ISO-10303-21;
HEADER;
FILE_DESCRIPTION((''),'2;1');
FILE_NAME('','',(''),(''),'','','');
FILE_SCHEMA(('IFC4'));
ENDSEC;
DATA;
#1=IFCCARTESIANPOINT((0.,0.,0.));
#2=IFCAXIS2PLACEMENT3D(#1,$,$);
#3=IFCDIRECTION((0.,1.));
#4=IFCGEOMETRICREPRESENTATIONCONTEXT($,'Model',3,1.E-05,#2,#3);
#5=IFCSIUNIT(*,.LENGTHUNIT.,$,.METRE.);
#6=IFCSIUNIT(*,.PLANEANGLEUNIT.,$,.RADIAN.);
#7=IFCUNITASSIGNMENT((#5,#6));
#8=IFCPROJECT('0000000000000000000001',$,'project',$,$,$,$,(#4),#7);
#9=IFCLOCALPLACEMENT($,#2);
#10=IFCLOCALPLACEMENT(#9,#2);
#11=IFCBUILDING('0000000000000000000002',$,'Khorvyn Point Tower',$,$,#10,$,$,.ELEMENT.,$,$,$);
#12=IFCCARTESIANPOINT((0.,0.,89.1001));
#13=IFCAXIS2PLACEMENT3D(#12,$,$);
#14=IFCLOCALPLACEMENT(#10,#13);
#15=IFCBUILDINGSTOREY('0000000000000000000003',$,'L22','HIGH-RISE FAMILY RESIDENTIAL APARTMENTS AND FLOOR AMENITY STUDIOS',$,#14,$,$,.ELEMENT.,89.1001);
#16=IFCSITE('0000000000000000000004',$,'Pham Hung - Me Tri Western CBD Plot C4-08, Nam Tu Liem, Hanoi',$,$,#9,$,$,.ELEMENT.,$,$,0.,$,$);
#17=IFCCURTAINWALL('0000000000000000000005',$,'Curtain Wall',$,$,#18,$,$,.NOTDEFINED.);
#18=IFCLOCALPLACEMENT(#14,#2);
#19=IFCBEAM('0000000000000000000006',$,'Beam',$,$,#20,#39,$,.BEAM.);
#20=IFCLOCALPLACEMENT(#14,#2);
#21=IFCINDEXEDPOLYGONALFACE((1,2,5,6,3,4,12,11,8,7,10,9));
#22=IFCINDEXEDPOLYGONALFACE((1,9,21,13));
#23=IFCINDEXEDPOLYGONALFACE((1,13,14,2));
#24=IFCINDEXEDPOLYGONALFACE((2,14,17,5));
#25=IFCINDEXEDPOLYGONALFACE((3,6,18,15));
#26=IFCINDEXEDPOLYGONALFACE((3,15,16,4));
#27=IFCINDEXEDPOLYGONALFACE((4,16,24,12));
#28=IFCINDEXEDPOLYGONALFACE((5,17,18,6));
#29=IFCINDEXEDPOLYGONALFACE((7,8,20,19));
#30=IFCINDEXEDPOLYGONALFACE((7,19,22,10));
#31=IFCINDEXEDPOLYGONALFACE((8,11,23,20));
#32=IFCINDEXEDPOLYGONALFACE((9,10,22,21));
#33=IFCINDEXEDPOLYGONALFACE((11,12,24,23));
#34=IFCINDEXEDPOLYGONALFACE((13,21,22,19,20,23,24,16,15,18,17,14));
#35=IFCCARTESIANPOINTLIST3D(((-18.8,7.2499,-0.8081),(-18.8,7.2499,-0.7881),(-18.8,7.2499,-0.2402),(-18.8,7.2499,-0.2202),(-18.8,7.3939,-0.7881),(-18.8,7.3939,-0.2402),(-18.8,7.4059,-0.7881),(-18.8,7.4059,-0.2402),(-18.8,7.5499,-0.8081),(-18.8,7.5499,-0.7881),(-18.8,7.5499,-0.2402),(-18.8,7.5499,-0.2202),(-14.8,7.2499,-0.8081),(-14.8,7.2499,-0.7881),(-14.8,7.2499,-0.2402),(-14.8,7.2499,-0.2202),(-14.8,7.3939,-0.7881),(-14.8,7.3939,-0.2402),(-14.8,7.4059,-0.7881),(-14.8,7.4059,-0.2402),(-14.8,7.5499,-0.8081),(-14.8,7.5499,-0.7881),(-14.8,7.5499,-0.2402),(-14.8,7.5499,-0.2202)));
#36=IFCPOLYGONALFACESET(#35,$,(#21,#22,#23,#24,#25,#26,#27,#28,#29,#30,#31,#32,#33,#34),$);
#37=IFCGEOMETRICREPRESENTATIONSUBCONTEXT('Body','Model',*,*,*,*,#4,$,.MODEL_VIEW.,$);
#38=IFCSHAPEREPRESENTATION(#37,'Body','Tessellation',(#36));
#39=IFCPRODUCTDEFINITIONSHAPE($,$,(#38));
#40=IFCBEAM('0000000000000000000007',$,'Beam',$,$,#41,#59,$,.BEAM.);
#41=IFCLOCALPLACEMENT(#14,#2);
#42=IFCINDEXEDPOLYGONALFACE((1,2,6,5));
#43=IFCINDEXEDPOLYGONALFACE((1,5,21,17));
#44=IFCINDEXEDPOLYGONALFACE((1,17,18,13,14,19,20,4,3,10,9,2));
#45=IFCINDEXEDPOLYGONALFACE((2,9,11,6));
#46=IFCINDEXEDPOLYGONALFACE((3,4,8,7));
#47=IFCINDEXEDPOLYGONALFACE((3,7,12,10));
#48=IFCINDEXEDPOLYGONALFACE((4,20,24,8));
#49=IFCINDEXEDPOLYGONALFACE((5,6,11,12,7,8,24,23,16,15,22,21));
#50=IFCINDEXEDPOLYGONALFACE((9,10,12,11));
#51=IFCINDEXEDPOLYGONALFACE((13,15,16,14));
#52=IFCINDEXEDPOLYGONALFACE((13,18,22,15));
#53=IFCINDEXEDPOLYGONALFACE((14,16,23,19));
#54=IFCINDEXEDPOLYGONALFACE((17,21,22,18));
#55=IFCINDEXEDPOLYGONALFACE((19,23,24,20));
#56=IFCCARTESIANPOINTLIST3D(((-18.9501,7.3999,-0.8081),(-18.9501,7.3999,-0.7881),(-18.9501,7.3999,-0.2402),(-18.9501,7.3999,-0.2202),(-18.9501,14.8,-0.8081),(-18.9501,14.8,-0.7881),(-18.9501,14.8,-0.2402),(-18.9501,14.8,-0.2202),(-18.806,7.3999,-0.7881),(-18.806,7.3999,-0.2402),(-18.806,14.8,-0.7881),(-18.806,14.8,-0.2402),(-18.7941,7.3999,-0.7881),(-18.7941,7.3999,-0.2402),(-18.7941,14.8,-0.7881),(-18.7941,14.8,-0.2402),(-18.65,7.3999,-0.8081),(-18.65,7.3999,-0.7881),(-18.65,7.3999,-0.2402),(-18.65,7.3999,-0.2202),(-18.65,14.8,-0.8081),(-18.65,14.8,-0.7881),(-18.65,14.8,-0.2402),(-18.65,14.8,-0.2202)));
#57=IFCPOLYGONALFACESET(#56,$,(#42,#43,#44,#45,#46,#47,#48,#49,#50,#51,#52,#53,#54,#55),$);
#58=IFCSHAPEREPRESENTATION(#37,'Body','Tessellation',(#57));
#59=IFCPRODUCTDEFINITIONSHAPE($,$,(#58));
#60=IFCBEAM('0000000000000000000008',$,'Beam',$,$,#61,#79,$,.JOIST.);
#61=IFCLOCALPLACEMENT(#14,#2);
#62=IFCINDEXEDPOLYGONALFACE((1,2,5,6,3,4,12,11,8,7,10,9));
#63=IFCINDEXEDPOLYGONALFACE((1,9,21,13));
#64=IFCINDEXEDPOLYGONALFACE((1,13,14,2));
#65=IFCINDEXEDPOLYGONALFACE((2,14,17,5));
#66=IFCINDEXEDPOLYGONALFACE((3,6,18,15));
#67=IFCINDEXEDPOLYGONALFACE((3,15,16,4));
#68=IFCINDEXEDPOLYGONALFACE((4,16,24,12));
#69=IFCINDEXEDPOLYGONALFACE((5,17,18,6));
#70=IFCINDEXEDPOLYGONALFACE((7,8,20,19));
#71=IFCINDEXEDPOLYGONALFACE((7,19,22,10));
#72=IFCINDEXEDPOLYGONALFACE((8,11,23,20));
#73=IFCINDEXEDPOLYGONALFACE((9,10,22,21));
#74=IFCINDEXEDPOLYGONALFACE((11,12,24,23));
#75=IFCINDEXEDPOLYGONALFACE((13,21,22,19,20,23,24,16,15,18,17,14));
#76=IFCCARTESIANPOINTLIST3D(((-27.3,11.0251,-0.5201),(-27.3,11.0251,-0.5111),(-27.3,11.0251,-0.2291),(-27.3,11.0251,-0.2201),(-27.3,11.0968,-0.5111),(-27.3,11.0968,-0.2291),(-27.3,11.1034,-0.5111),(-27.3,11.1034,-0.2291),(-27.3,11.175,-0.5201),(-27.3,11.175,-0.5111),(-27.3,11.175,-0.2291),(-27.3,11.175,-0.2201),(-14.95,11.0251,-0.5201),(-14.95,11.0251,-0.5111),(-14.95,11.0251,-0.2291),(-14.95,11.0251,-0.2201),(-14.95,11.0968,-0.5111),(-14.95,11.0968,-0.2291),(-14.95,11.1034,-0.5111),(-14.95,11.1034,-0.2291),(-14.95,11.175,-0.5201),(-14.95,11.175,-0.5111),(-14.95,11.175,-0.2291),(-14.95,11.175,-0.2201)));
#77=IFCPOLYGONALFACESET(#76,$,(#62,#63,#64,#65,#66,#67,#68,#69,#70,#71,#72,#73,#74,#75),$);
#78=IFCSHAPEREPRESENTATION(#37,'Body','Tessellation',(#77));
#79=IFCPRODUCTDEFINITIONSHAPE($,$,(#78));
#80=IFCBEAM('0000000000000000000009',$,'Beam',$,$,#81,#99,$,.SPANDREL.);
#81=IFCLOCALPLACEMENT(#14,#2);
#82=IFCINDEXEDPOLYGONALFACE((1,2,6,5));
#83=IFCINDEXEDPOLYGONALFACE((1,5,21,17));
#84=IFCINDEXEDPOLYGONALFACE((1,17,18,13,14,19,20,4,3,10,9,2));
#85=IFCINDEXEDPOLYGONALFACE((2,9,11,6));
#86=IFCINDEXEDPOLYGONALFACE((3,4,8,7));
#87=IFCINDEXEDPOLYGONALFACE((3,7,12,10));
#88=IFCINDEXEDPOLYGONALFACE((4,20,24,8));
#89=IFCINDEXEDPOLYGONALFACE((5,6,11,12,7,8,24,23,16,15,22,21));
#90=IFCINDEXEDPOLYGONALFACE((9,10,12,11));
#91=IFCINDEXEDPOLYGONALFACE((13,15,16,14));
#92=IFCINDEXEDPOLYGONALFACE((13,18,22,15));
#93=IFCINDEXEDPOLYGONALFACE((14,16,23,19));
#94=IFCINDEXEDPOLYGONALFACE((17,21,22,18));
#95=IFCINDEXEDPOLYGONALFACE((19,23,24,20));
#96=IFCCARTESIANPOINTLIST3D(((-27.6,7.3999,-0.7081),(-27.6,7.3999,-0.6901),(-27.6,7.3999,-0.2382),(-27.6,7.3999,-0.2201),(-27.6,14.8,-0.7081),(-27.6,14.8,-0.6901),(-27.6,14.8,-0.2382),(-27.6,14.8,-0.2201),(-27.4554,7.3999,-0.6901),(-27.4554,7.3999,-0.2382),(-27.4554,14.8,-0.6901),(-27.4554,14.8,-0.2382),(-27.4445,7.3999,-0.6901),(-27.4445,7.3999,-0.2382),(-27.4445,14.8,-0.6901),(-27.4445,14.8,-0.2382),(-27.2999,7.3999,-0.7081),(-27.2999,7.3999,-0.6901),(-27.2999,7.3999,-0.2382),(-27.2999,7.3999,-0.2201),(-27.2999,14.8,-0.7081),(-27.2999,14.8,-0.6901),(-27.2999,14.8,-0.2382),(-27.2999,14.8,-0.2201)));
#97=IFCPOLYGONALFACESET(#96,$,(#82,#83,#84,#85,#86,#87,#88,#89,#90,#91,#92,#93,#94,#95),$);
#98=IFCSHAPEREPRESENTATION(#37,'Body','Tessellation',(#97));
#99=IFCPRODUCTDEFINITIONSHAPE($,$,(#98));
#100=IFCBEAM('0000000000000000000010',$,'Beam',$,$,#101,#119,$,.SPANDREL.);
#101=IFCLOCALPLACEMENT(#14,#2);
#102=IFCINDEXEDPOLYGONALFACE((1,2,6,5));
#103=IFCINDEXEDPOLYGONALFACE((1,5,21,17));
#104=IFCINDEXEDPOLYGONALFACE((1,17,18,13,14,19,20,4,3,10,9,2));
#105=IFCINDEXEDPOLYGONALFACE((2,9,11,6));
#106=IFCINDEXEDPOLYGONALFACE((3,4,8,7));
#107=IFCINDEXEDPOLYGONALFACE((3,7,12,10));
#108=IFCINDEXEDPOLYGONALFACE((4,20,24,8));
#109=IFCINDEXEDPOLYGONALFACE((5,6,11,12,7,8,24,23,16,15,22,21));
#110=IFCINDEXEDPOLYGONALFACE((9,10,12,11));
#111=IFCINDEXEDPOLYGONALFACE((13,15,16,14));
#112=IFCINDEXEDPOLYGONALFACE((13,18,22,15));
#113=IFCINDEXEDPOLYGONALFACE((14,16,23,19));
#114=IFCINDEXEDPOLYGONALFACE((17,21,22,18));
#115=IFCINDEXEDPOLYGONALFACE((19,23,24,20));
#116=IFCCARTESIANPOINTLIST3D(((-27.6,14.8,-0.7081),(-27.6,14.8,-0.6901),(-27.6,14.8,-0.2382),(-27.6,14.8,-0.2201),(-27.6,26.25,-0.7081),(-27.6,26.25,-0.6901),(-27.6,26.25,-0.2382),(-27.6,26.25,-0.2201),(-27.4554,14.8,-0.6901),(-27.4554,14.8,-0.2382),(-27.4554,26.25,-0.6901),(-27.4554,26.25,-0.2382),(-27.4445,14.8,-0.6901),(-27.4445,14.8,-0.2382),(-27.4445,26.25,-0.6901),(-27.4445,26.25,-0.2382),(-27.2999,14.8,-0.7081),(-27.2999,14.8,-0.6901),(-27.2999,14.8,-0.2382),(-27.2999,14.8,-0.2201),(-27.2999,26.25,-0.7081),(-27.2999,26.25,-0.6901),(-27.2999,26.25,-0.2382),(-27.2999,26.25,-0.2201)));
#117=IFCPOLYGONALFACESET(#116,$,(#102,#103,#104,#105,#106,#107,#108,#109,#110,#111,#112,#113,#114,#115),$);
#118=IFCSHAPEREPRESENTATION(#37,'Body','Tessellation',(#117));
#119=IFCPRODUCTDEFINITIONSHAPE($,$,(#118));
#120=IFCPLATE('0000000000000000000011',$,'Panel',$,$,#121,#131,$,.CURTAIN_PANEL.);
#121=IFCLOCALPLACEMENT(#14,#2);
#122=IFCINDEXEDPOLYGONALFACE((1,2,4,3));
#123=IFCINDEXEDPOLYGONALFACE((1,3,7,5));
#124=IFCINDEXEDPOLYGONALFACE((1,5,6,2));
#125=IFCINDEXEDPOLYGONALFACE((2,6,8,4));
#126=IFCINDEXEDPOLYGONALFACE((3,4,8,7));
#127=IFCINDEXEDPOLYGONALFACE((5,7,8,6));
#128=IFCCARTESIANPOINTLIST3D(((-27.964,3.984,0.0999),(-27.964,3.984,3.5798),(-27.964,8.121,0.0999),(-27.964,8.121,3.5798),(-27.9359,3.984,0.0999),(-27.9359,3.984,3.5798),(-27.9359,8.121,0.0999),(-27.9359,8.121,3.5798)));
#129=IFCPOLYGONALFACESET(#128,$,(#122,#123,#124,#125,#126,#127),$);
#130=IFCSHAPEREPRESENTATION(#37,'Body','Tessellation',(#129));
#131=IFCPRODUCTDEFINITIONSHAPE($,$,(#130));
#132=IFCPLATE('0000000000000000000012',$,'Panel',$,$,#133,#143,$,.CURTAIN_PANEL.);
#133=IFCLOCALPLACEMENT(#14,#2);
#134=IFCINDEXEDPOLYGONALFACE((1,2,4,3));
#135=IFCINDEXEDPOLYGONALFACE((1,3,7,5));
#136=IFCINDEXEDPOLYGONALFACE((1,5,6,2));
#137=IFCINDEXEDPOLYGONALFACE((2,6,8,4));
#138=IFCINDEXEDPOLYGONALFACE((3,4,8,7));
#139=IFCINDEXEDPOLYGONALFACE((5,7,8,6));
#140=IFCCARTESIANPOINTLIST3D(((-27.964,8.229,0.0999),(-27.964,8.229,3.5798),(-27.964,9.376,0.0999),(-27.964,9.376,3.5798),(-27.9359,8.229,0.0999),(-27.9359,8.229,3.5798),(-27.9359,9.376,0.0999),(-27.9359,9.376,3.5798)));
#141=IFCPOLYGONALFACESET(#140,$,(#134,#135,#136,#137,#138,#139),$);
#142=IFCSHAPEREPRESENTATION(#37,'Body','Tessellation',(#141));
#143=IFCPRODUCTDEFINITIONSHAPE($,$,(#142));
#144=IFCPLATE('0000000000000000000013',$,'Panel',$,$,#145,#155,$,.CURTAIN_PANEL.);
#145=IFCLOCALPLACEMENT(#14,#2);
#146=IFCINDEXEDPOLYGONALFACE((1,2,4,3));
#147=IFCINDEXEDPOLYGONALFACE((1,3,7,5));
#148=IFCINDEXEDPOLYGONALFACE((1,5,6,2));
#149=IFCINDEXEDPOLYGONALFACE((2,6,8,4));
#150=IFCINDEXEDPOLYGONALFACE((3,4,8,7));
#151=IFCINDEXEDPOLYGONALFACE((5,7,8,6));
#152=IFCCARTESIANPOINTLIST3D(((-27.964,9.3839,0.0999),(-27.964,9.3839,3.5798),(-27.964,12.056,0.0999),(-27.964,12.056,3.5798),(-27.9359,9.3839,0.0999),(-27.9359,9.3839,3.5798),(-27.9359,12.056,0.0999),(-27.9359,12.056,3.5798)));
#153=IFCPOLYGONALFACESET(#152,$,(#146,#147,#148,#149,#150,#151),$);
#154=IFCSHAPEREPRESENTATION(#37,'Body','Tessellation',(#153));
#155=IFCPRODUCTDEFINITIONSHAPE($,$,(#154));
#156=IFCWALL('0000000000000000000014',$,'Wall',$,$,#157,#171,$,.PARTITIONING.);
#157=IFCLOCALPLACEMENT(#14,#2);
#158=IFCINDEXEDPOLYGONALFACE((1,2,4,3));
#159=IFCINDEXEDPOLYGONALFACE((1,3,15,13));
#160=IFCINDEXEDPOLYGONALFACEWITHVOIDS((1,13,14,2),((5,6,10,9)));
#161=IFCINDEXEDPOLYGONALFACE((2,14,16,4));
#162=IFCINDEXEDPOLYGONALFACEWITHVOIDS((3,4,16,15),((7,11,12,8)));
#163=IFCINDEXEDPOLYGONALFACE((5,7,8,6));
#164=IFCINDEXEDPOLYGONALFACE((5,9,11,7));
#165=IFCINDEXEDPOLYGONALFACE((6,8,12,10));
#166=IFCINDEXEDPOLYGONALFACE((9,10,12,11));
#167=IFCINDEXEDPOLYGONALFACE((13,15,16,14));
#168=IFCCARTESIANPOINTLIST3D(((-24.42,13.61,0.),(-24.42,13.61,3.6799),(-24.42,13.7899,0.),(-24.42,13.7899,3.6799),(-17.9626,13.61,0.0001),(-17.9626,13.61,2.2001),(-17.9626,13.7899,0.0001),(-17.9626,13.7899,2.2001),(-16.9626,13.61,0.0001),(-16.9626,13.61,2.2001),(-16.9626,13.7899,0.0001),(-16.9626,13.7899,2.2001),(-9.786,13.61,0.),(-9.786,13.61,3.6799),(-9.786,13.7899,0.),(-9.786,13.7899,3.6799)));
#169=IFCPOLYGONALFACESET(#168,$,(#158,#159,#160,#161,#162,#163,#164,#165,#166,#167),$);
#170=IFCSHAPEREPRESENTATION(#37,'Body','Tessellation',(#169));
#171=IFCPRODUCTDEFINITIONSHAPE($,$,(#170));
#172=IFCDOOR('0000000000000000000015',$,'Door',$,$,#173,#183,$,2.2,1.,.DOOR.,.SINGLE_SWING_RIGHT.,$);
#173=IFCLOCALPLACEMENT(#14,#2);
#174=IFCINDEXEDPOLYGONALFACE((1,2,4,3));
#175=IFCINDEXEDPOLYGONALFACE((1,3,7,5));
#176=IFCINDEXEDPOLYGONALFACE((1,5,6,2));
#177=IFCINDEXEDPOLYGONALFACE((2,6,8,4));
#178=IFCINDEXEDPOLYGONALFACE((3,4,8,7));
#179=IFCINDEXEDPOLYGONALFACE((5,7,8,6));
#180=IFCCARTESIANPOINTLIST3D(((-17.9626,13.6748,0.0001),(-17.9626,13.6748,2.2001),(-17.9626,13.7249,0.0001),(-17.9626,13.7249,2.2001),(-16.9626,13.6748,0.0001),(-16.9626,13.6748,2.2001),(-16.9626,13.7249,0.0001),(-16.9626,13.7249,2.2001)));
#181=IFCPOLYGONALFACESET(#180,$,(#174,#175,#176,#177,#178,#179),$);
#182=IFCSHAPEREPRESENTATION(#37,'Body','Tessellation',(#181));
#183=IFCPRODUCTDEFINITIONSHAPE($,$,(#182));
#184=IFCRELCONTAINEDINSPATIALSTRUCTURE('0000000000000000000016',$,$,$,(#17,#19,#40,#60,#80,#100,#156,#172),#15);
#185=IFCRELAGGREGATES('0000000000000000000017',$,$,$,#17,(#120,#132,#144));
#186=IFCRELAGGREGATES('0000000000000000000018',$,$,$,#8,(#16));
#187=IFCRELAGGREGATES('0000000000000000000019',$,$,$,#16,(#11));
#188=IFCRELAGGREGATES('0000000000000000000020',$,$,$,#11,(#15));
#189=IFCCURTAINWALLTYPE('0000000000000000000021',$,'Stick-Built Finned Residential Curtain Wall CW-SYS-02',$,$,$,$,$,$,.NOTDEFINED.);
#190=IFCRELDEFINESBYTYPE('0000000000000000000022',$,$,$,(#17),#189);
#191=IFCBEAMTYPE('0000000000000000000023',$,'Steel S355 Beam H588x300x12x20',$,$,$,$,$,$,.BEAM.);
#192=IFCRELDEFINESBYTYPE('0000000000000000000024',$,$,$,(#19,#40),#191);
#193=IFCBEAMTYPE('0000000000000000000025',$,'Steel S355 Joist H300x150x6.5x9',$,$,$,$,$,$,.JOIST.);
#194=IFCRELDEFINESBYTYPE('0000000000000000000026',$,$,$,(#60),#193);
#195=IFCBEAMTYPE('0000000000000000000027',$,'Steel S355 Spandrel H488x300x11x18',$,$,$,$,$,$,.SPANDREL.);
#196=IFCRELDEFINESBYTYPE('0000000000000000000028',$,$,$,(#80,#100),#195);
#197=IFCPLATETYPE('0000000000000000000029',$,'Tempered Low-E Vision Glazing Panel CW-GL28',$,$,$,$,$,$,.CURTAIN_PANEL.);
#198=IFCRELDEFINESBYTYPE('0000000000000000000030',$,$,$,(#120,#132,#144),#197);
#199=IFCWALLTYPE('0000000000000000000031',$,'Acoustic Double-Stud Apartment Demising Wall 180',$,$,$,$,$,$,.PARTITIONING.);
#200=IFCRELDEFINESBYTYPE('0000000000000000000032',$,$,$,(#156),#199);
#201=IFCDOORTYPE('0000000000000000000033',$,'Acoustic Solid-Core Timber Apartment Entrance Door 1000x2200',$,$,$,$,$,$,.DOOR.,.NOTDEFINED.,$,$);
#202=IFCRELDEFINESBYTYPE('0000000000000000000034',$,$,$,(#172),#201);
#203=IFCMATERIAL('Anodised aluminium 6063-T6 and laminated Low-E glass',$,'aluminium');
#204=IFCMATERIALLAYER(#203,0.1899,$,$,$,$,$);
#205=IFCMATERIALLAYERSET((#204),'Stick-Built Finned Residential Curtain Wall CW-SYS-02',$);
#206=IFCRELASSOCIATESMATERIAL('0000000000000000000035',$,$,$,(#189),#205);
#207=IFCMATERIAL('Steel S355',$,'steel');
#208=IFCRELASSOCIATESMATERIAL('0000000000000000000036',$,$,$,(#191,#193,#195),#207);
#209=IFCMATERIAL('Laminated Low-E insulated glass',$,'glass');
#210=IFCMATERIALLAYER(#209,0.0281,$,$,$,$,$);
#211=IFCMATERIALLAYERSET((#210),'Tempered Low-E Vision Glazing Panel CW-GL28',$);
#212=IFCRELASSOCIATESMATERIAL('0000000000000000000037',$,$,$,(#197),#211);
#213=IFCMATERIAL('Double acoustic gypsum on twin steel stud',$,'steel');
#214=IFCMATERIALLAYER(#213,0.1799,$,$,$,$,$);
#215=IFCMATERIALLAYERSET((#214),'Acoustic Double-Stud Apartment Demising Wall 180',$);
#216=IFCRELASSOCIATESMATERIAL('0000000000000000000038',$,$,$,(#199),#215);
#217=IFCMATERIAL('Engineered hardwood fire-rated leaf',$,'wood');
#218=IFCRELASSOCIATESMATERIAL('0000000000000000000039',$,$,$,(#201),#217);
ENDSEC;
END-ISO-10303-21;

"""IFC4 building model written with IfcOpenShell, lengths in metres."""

from ifc_helpers import new_model, si_unit, direction, frame, frame_2d, origin, origin_2d, place, context, subcontext, project, spatial, rectangle, i_section, extrude, material, layer, layer_set, material_profile, profile_set, type_object, element, fill, aggregate, save


model = new_model("IFC4")

# Units and contexts
model_context = context("Model", 3, precision=1e-05, world=origin(), true_north=direction((0.0, 1.0)))
body_context = subcontext(model_context, "Body", "Model", "MODEL_VIEW")
ifc_project = project(units=[si_unit("LENGTHUNIT", "METRE"), si_unit("PLANEANGLEUNIT", "RADIAN")], contexts=[model_context])

# Site, building, storey
site_placement = place(None, origin())
site = spatial("IfcSite", under=ifc_project, at=site_placement, Name="Pham Hung - Me Tri Western CBD Plot C4-08, Nam Tu Liem, Hanoi", CompositionType="ELEMENT", RefElevation=0.0)
building_placement = place(site_placement, origin())
building = spatial("IfcBuilding", under=site, at=building_placement, Name="Khorvyn Point Tower", CompositionType="ELEMENT")
storey_placement = place(building_placement, frame((0.0, 0.0, 89.1001)))
storey = spatial("IfcBuildingStorey", under=building, at=storey_placement, Name="L22", Description="HIGH-RISE FAMILY RESIDENTIAL APARTMENTS AND FLOOR AMENITY STUDIOS", CompositionType="ELEMENT", Elevation=89.1001)

# Curtain wall
ifc_material_1 = material(Name="Anodised aluminium 6063-T6 and laminated Low-E glass", Category="aluminium")
ifc_layer_1 = layer(ifc_material_1, 0.1899)
ifc_layer_set_1 = layer_set([ifc_layer_1], Name="Stick-Built Finned Residential Curtain Wall CW-SYS-02")
curtain_wall_type = type_object("IfcCurtainWallType", Name="Stick-Built Finned Residential Curtain Wall CW-SYS-02", PredefinedType="NOTDEFINED", material=ifc_layer_set_1)
curtain_wall_placement = place(storey_placement, origin())
curtain_wall = element("IfcCurtainWall", 1, at=curtain_wall_placement, inside=storey, type_object=curtain_wall_type, Name="Curtain Wall", PredefinedType="NOTDEFINED")

# Beams
ifc_material_2 = material(Name="Steel S355", Category="steel")
ifc_material_profile_1 = material_profile(ifc_material_2, i_section(OverallWidth=0.3, OverallDepth=0.5879, WebThickness=0.012, FlangeThickness=0.02, at=origin_2d()))
ifc_profile_set_1 = profile_set([ifc_material_profile_1], Name="Steel S355 H588x300x12x20")
beam_type_1 = type_object("IfcBeamType", Name="Steel S355 Beam H588x300x12x20", PredefinedType="BEAM", material=ifc_profile_set_1)
beam_1_placement = place(storey_placement, frame((-18.8, 7.3999, -0.5142), z_axis=(1.0, 0.0, 0.0), x_axis=(0.0, 1.0, 0.0)))
element("IfcBeam", 2, at=beam_1_placement, inside=storey, type_object=beam_type_1, Name="Beam", PredefinedType="BEAM", context=body_context, shape_type="SweptSolid", body=[
    extrude(i_section(OverallWidth=0.3, OverallDepth=0.5879, WebThickness=0.012, FlangeThickness=0.02, at=origin_2d()), origin(), (0.0, 0.0, 1.0), 4.0),
])
beam_2_placement = place(storey_placement, frame((-18.8, 7.3999, -0.5142), z_axis=(0.0, 1.0, 0.0), x_axis=(-1.0, 0.0, 0.0)))
element("IfcBeam", 3, at=beam_2_placement, inside=storey, type_object=beam_type_1, Name="Beam", PredefinedType="BEAM", context=body_context, shape_type="SweptSolid", body=[
    extrude(i_section(OverallWidth=0.3, OverallDepth=0.5879, WebThickness=0.012, FlangeThickness=0.02, at=origin_2d()), origin(), (0.0, 0.0, 1.0), 7.4001),
])
ifc_material_profile_2 = material_profile(ifc_material_2, i_section(OverallWidth=0.1499, OverallDepth=0.3, WebThickness=0.0066, FlangeThickness=0.009, at=origin_2d()))
ifc_profile_set_2 = profile_set([ifc_material_profile_2], Name="Steel S355 H300x150x6.5x9")
beam_type_2 = type_object("IfcBeamType", Name="Steel S355 Joist H300x150x6.5x9", PredefinedType="JOIST", material=ifc_profile_set_2)
beam_3_placement = place(storey_placement, frame((-27.3, 11.1001, -0.3701), z_axis=(1.0, 0.0, 0.0), x_axis=(0.0, 1.0, 0.0)))
element("IfcBeam", 4, at=beam_3_placement, inside=storey, type_object=beam_type_2, Name="Beam", PredefinedType="JOIST", context=body_context, shape_type="SweptSolid", body=[
    extrude(i_section(OverallWidth=0.1499, OverallDepth=0.3, WebThickness=0.0066, FlangeThickness=0.009, at=origin_2d()), origin(), (0.0, 0.0, 1.0), 12.3501),
])
ifc_material_profile_3 = material_profile(ifc_material_2, i_section(OverallWidth=0.3, OverallDepth=0.488, WebThickness=0.011, FlangeThickness=0.0181, at=origin_2d()))
ifc_profile_set_3 = profile_set([ifc_material_profile_3], Name="Steel S355 H488x300x11x18")
beam_type_3 = type_object("IfcBeamType", Name="Steel S355 Spandrel H488x300x11x18", PredefinedType="SPANDREL", material=ifc_profile_set_3)
beam_4_placement = place(storey_placement, frame((-27.45, 7.3999, -0.4641), z_axis=(0.0, 1.0, 0.0), x_axis=(-1.0, 0.0, 0.0)))
element("IfcBeam", 5, at=beam_4_placement, inside=storey, type_object=beam_type_3, Name="Beam", PredefinedType="SPANDREL", context=body_context, shape_type="SweptSolid", body=[
    extrude(i_section(OverallWidth=0.3, OverallDepth=0.488, WebThickness=0.011, FlangeThickness=0.0181, at=origin_2d()), origin(), (0.0, 0.0, 1.0), 7.4001),
])
beam_5_placement = place(storey_placement, frame((-27.45, 14.8, -0.4641), z_axis=(0.0, 1.0, 0.0), x_axis=(-1.0, 0.0, 0.0)))
element("IfcBeam", 6, at=beam_5_placement, inside=storey, type_object=beam_type_3, Name="Beam", PredefinedType="SPANDREL", context=body_context, shape_type="SweptSolid", body=[
    extrude(i_section(OverallWidth=0.3, OverallDepth=0.488, WebThickness=0.011, FlangeThickness=0.0181, at=origin_2d()), origin(), (0.0, 0.0, 1.0), 11.45),
])

# Plates
ifc_material_3 = material(Name="Laminated Low-E insulated glass", Category="glass")
ifc_layer_2 = layer(ifc_material_3, 0.0281)
ifc_layer_set_2 = layer_set([ifc_layer_2], Name="Tempered Low-E Vision Glazing Panel CW-GL28")
plate_type = type_object("IfcPlateType", Name="Tempered Low-E Vision Glazing Panel CW-GL28", PredefinedType="CURTAIN_PANEL", material=ifc_layer_set_2)
plate_1_placement = place(storey_placement, frame((-27.95, 6.0525, 0.0999), z_axis=(0.0, 0.0, 1.0), x_axis=(0.0, 1.0, 0.0)))
plate_1 = element("IfcPlate", 7, at=plate_1_placement, type_object=plate_type, Name="Panel", PredefinedType="CURTAIN_PANEL", context=body_context, shape_type="SweptSolid", body=[
    extrude(rectangle(XDim=4.137, YDim=0.0281, at=origin_2d()), origin(), (0.0, 0.0, 1.0), 3.48),
])
plate_2_placement = place(storey_placement, frame((-27.95, 8.8025, 0.0999), z_axis=(0.0, 0.0, 1.0), x_axis=(0.0, 1.0, 0.0)))
plate_2 = element("IfcPlate", 8, at=plate_2_placement, type_object=plate_type, Name="Panel", PredefinedType="CURTAIN_PANEL", context=body_context, shape_type="SweptSolid", body=[
    extrude(rectangle(XDim=1.147, YDim=0.0281, at=origin_2d()), origin(), (0.0, 0.0, 1.0), 3.48),
])
plate_3_placement = place(storey_placement, frame((-27.95, 10.72, 0.0999), z_axis=(0.0, 0.0, 1.0), x_axis=(0.0, 1.0, 0.0)))
plate_3 = element("IfcPlate", 9, at=plate_3_placement, type_object=plate_type, Name="Panel", PredefinedType="CURTAIN_PANEL", context=body_context, shape_type="SweptSolid", body=[
    extrude(rectangle(XDim=2.6721, YDim=0.0281, at=origin_2d()), origin(), (0.0, 0.0, 1.0), 3.48),
])
aggregate(curtain_wall, [plate_1, plate_2, plate_3])

# Wall, opening, door
ifc_material_4 = material(Name="Double acoustic gypsum on twin steel stud", Category="steel")
ifc_layer_3 = layer(ifc_material_4, 0.1799)
ifc_layer_set_3 = layer_set([ifc_layer_3], Name="Acoustic Double-Stud Apartment Demising Wall 180")
wall_type_1 = type_object("IfcWallType", Name="Acoustic Double-Stud Apartment Demising Wall 180", PredefinedType="PARTITIONING", material=ifc_layer_set_3)
wall_1_placement = place(storey_placement, frame((-24.4199, 13.7, 0.0), z_axis=(0.0, 0.0, 1.0), x_axis=(1.0, 0.0, 0.0)))
wall_1 = element("IfcWall", 10, at=wall_1_placement, inside=storey, type_object=wall_type_1, Name="Wall", PredefinedType="PARTITIONING", context=body_context, shape_type="SweptSolid", body=[
    extrude(rectangle(XDim=14.634, YDim=0.1799, at=frame_2d((7.3169, 0.0))), origin(), (0.0, 0.0, 1.0), 3.6799),
])
opening_1_placement = place(wall_1_placement, frame((6.4573, 0.0, 0.0)))
opening_1 = element("IfcOpeningElement", 11, at=opening_1_placement, cuts=wall_1, PredefinedType="OPENING", context=body_context, shape_type="SweptSolid", body=[
    extrude(rectangle(XDim=1.0, YDim=2.2, at=frame_2d((0.5, 1.1001))), frame((0.0, 0.0999, 0.0), z_axis=(0.0, -1.0, 0.0), x_axis=(1.0, 0.0, 0.0)), (0.0, 0.0, 1.0), 0.2),
])
ifc_material_5 = material(Name="Engineered hardwood fire-rated leaf", Category="wood")
door_type_1 = type_object("IfcDoorType", Name="Acoustic Solid-Core Timber Apartment Entrance Door 1000x2200", OperationType="NOTDEFINED", PredefinedType="DOOR", material=ifc_material_5)
door_1_placement = place(opening_1_placement, origin())
door_1 = element("IfcDoor", 12, at=door_1_placement, inside=storey, type_object=door_type_1, Name="Door", OperationType="SINGLE_SWING_RIGHT", OverallHeight=2.2, OverallWidth=1.0, PredefinedType="DOOR", context=body_context, shape_type="SweptSolid", body=[
    extrude(rectangle(XDim=1.0, YDim=2.2, at=frame_2d((0.5, 1.1001))), frame((0.0, 0.0249, 0.0), z_axis=(0.0, -1.0, 0.0), x_axis=(1.0, 0.0, 0.0)), (0.0, 0.0, 1.0), 0.05),
])
fill(opening_1, door_1)

save(model, "model.ifc")
